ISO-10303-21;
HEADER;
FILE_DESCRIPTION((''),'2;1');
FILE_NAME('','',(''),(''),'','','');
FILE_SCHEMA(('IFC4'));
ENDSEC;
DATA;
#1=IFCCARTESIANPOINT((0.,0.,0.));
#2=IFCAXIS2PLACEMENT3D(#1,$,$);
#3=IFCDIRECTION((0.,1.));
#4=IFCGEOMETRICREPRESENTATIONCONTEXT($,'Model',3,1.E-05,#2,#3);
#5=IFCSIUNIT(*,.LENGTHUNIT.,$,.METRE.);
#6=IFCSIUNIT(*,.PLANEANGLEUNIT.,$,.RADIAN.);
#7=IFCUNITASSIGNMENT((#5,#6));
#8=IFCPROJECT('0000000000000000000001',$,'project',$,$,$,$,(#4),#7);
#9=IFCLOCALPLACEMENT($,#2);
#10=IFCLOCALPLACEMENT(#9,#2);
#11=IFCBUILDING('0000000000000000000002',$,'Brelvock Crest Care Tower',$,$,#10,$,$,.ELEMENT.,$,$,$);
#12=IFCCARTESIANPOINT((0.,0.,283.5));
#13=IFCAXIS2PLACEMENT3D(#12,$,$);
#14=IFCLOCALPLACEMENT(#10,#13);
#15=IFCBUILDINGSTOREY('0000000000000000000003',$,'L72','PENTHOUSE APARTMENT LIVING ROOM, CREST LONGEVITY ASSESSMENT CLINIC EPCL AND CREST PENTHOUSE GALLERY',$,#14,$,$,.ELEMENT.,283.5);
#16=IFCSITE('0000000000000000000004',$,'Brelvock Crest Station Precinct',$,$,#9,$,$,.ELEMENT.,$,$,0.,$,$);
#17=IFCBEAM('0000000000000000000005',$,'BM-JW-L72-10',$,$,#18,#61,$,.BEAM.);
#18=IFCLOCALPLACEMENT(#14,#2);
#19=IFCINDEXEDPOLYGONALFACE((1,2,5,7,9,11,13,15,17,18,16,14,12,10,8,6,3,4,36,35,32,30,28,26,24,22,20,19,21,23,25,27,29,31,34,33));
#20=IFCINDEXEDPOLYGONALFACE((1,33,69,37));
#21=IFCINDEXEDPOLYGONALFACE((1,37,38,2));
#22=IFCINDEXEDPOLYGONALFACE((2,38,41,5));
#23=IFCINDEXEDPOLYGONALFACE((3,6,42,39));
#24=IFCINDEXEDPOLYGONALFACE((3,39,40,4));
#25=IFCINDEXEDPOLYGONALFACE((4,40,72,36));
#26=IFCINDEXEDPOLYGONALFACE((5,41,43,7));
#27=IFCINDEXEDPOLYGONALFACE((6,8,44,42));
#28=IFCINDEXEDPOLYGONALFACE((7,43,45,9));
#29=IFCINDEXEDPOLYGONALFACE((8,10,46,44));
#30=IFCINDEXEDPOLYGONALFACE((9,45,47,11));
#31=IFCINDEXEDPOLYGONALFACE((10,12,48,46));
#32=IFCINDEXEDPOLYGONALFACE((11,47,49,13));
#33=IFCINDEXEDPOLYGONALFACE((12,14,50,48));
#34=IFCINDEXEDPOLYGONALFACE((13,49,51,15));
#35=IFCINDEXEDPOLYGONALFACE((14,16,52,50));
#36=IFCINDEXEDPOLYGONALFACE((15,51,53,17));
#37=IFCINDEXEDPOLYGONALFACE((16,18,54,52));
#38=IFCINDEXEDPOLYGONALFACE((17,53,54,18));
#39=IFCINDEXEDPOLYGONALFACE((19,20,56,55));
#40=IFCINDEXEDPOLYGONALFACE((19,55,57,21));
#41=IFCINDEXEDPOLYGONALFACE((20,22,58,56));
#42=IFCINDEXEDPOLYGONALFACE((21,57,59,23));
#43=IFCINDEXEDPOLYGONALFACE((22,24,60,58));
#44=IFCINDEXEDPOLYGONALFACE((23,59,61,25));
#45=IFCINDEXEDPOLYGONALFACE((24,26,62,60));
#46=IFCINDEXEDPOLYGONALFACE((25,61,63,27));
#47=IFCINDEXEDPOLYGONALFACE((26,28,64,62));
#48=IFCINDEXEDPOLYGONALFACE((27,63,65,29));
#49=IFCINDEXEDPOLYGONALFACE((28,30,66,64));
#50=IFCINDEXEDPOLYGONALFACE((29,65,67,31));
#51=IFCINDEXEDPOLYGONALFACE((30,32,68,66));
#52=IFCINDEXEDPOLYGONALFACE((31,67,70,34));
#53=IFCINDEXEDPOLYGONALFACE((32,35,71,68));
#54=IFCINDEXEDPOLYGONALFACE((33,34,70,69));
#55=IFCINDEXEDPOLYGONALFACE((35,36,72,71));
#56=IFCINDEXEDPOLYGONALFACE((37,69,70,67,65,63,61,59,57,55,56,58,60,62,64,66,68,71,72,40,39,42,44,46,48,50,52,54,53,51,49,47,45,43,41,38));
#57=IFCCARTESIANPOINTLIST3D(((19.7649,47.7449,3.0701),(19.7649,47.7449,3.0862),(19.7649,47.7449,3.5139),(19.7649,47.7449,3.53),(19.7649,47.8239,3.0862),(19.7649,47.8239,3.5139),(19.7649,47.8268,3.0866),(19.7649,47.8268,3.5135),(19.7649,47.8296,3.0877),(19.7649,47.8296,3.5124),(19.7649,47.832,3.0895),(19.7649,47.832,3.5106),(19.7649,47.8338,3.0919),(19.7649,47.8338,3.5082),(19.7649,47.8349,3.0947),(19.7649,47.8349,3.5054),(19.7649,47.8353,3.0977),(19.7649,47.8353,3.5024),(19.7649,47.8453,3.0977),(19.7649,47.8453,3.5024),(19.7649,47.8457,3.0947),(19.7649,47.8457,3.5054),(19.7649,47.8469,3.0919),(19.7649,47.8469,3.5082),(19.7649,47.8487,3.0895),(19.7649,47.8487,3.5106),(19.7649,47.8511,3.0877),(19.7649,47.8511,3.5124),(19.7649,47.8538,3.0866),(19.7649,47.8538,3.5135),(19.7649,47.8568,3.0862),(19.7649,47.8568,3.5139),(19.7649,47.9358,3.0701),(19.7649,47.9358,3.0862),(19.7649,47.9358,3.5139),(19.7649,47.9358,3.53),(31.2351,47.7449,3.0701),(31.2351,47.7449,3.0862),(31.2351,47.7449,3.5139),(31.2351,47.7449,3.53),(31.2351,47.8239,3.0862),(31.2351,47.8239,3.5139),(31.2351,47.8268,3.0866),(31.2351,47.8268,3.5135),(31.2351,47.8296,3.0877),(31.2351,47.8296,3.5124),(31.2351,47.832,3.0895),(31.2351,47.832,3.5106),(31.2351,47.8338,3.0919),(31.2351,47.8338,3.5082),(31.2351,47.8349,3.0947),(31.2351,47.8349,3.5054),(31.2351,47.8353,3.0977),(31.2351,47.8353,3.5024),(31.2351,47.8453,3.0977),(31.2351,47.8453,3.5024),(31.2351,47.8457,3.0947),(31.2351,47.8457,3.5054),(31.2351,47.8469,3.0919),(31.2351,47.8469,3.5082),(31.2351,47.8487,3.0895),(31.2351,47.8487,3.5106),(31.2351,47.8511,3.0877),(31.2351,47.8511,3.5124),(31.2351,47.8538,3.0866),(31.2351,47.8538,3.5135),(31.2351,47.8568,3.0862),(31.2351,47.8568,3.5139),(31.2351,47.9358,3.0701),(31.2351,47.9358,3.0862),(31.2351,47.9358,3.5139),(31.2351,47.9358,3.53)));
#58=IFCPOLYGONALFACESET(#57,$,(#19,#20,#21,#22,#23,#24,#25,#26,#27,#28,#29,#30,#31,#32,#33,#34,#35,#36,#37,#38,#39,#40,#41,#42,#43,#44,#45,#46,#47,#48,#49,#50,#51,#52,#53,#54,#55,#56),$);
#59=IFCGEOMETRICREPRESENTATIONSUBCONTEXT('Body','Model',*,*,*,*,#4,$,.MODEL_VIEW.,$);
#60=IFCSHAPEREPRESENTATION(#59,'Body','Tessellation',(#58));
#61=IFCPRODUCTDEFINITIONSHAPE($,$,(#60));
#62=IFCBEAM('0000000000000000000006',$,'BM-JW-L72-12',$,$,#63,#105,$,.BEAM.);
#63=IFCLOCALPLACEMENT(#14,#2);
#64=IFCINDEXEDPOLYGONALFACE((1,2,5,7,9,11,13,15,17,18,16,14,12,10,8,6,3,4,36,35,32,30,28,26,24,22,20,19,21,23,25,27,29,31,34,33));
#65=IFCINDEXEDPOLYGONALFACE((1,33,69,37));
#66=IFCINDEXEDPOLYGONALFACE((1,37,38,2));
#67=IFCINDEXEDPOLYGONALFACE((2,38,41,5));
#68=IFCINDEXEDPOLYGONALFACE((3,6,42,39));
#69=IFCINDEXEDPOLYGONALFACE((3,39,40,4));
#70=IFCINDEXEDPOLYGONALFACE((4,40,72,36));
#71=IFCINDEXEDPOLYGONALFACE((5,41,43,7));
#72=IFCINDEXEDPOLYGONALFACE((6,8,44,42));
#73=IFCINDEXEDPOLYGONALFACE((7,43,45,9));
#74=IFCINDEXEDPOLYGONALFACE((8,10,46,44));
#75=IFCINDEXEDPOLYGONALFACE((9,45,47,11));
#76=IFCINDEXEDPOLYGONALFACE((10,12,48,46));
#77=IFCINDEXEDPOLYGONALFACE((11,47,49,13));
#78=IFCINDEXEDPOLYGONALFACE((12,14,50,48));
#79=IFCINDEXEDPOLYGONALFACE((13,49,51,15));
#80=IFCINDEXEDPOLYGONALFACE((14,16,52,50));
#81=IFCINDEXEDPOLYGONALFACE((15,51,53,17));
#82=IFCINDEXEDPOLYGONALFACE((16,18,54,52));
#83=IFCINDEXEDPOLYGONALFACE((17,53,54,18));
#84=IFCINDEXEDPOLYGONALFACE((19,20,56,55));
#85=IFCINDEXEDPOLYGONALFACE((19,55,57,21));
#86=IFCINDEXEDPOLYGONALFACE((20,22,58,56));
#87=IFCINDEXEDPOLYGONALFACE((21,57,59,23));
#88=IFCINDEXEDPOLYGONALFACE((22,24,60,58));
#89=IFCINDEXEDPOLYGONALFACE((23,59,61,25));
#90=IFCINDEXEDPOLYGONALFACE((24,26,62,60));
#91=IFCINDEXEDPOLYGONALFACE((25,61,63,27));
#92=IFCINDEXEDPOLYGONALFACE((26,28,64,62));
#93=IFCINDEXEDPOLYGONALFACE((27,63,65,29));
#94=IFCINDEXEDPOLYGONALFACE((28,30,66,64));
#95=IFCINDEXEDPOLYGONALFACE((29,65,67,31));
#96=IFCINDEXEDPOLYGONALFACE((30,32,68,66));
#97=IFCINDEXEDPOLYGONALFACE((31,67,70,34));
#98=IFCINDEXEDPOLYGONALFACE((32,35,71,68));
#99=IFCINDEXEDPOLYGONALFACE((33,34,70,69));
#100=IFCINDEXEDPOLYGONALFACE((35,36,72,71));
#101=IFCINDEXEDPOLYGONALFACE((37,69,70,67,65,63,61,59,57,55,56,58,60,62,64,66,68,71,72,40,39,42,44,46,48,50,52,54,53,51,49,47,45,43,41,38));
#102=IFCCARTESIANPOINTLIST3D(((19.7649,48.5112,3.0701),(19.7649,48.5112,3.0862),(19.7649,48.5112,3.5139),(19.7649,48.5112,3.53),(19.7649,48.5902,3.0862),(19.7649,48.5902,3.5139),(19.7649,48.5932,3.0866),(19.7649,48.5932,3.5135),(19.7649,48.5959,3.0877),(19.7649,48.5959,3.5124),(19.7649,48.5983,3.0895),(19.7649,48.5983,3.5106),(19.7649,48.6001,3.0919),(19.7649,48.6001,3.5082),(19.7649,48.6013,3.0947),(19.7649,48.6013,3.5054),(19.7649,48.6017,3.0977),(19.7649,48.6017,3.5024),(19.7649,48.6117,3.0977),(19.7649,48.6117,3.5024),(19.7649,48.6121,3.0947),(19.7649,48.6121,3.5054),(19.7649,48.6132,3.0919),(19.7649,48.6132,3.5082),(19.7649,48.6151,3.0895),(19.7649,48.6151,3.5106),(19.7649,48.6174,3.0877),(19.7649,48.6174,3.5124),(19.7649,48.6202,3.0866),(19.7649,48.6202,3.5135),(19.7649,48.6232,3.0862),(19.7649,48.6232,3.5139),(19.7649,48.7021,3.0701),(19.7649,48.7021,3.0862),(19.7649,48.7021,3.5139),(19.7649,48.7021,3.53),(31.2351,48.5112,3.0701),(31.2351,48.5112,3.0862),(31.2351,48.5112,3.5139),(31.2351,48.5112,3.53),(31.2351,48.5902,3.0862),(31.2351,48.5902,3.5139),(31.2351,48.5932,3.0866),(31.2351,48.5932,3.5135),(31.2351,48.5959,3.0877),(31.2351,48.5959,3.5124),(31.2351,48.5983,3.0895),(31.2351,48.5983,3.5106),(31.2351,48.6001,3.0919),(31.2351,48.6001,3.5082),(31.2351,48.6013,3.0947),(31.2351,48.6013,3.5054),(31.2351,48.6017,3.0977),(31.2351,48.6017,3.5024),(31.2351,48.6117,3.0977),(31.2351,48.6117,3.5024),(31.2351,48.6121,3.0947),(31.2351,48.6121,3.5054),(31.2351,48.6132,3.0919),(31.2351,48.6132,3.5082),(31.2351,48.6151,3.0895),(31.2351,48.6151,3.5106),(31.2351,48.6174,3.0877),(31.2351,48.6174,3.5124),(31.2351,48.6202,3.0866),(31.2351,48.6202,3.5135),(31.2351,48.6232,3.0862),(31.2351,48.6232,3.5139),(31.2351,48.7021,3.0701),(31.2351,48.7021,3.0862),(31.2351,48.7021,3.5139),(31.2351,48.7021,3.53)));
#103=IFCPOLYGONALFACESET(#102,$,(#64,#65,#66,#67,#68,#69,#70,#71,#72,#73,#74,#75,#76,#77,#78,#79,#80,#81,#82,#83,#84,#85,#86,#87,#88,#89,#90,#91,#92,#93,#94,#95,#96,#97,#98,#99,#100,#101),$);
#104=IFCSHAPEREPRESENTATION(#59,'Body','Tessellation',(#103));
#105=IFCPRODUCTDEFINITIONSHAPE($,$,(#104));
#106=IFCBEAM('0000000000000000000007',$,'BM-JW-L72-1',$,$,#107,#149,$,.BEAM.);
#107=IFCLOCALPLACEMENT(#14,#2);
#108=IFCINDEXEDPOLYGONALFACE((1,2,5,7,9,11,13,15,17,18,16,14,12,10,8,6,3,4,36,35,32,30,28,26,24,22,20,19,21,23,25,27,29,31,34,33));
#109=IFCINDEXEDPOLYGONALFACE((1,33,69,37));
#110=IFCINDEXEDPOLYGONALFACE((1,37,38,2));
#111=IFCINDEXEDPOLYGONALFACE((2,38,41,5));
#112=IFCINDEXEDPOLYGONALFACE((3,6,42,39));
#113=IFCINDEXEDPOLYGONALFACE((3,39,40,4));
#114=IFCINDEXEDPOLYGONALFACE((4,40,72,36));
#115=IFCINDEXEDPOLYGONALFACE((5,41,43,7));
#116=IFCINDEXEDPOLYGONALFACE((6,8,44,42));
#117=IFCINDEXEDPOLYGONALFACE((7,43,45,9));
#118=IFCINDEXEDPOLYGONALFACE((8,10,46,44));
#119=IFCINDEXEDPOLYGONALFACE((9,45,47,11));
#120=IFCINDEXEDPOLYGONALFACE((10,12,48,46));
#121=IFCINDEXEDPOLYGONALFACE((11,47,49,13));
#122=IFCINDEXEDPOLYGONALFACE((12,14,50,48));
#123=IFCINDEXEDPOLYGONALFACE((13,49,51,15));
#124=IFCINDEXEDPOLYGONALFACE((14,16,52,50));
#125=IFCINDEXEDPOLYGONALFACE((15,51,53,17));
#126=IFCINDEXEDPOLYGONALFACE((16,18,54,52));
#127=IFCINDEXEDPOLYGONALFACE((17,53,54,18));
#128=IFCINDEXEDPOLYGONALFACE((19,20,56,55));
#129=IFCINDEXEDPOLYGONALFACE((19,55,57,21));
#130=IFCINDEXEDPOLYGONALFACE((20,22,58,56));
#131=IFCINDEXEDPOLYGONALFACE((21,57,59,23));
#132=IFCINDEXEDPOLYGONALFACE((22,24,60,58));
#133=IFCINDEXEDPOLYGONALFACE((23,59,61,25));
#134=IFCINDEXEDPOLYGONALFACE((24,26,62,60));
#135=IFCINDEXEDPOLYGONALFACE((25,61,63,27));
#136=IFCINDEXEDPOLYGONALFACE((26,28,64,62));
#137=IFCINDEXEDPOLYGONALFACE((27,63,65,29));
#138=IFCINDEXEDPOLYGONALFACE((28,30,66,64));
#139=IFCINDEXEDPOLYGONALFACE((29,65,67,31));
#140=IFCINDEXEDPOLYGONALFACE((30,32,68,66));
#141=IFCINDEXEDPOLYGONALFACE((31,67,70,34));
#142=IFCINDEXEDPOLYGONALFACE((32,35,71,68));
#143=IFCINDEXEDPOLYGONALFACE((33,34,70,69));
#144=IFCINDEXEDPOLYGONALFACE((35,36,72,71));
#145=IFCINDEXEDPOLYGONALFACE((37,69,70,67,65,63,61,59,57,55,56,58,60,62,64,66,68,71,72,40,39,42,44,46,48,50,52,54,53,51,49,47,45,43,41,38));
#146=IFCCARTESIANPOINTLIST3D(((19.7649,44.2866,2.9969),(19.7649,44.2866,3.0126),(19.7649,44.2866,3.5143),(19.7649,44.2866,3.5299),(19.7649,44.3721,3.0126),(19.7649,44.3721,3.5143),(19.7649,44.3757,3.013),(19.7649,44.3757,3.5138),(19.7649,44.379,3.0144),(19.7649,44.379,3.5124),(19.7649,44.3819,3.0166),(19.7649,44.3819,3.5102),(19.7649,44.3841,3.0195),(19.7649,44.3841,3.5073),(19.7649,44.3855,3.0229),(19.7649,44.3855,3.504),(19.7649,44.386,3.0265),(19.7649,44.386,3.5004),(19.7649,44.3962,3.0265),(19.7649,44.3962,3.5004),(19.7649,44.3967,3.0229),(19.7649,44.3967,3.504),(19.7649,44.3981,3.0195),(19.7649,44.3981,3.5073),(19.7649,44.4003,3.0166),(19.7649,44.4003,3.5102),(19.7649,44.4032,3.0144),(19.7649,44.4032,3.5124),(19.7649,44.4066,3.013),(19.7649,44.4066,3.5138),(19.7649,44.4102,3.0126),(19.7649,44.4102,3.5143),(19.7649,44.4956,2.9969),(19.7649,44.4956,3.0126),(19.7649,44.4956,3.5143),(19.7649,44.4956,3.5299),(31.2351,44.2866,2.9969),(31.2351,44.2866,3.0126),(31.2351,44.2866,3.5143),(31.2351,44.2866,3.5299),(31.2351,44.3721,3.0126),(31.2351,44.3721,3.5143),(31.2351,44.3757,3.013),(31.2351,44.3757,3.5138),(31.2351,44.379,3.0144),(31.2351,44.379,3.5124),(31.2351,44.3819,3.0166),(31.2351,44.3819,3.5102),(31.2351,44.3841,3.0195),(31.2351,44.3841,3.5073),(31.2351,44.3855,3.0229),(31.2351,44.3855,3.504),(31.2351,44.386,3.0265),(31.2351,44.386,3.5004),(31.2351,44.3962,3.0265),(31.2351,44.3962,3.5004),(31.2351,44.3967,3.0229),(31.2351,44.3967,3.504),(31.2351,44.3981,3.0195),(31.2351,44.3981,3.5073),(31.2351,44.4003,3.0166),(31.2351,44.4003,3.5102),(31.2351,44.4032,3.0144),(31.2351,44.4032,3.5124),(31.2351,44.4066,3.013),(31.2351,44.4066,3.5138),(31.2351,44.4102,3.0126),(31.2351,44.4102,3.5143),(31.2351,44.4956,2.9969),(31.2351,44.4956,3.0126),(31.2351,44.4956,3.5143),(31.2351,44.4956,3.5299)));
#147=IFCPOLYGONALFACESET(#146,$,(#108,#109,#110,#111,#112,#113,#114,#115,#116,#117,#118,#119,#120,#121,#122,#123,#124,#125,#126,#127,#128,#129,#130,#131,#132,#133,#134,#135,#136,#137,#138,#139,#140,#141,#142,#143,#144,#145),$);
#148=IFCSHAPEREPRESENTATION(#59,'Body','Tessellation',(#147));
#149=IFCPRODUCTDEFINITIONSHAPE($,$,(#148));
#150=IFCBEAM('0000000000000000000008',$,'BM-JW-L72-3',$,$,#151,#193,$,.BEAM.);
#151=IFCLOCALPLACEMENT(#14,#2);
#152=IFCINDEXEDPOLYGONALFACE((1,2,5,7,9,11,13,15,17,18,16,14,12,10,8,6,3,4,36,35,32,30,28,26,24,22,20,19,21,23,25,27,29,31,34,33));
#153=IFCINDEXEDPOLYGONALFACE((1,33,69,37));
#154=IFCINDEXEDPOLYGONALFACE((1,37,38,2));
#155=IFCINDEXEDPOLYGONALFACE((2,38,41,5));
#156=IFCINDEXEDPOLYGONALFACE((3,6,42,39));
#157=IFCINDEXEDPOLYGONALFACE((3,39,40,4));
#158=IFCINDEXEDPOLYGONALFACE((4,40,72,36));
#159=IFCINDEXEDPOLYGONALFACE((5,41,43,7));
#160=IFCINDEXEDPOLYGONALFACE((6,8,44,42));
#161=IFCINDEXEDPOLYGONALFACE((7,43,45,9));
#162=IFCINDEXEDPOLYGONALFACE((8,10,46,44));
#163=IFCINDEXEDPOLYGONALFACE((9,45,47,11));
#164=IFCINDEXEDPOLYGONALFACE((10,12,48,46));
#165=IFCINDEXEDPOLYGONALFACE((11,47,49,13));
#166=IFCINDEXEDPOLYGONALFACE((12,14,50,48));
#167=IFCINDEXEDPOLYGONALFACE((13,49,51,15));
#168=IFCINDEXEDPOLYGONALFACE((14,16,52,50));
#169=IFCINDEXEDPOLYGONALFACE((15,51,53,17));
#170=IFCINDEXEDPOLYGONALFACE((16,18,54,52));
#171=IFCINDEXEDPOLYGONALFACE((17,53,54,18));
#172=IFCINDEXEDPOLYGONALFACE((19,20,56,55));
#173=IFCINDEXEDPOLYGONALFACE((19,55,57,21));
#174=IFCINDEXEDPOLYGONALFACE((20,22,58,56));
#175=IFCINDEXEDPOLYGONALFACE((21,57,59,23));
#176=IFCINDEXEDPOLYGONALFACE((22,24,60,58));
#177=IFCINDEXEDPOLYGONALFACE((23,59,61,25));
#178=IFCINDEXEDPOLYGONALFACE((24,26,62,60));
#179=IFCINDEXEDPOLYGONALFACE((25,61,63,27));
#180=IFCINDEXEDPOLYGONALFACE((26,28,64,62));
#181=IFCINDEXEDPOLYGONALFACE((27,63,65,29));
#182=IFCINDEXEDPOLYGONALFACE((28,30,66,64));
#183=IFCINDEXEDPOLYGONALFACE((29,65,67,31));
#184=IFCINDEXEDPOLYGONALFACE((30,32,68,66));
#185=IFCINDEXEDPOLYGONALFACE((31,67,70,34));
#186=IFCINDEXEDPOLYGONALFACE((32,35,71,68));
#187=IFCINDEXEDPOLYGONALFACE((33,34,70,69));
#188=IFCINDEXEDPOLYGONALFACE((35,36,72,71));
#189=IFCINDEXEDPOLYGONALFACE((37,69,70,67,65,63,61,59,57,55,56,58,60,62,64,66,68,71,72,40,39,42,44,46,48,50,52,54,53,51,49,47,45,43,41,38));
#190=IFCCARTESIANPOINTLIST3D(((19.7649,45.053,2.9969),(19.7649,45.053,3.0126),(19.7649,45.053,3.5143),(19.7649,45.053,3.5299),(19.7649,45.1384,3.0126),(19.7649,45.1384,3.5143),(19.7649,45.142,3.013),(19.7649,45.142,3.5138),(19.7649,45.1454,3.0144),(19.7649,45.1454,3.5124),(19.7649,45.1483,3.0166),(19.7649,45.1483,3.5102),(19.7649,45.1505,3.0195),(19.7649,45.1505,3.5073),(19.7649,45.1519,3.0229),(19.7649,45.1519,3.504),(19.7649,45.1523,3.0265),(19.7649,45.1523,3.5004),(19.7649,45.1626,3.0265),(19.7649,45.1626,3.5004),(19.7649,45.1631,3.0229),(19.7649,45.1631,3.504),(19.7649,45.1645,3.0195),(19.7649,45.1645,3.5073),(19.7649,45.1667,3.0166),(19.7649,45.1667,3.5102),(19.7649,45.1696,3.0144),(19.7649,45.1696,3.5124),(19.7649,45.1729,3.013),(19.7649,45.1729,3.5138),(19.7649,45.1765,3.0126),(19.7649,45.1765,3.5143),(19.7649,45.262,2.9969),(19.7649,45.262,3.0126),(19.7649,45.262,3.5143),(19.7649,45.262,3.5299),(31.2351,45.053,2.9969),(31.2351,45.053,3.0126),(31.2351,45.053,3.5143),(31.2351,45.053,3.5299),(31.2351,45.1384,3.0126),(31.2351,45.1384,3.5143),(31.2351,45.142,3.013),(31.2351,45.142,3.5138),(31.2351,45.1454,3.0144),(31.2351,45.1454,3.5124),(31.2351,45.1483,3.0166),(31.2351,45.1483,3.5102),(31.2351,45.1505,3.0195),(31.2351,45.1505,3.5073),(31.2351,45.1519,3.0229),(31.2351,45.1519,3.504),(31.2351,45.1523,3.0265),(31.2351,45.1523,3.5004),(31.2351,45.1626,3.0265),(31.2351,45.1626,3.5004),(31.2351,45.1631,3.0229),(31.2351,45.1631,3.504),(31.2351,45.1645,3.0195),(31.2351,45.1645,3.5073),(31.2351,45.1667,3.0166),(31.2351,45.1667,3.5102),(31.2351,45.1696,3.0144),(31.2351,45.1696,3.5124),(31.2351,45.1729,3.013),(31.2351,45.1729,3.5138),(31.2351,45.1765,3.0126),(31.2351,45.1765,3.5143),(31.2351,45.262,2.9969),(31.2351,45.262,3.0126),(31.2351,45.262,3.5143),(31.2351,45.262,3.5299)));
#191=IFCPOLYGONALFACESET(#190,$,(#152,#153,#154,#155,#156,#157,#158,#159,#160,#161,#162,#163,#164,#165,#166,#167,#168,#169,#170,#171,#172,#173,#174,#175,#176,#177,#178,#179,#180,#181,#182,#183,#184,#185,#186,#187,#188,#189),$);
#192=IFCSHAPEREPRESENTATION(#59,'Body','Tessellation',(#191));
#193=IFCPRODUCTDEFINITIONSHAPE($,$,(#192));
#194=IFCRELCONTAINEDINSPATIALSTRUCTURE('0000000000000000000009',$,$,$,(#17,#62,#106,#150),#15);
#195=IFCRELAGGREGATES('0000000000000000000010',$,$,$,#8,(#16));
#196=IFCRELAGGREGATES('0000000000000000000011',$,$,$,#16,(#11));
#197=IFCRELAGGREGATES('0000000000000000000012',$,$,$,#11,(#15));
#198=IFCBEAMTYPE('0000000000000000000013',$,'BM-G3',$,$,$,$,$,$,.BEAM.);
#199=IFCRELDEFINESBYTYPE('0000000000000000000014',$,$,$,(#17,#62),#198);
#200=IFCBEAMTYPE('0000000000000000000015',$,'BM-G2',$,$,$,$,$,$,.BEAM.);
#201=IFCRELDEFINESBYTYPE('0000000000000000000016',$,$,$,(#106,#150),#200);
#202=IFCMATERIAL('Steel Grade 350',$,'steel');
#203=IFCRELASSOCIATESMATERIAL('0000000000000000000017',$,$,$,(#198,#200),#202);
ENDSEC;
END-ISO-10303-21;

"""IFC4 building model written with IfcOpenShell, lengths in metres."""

from ifc_helpers import new_model, si_unit, direction, frame, origin, origin_2d, place, context, subcontext, project, spatial, i_section, extrude, source, transform, mapped, material, material_profile, profile_set, type_object, element, save


model = new_model("IFC4")

# Units and contexts
model_context = context("Model", 3, precision=1e-05, world=origin(), true_north=direction((0.0, 1.0)))
body_context = subcontext(model_context, "Body", "Model", "MODEL_VIEW")
ifc_project = project(units=[si_unit("LENGTHUNIT", "METRE"), si_unit("PLANEANGLEUNIT", "RADIAN")], contexts=[model_context])

# Site, building, storey
site_placement = place(None, origin())
site = spatial("IfcSite", under=ifc_project, at=site_placement, Name="Brelvock Crest Station Precinct", CompositionType="ELEMENT", RefElevation=0.0)
building_placement = place(site_placement, origin())
building = spatial("IfcBuilding", under=site, at=building_placement, Name="Brelvock Crest Care Tower", CompositionType="ELEMENT")
storey_placement = place(building_placement, frame((0.0, 0.0, 283.5)))
storey = spatial("IfcBuildingStorey", under=building, at=storey_placement, Name="L72", Description="PENTHOUSE APARTMENT LIVING ROOM, CREST LONGEVITY ASSESSMENT CLINIC EPCL AND CREST PENTHOUSE GALLERY", CompositionType="ELEMENT", Elevation=283.5)

# Beams
ifc_material_1 = material(Name="Steel Grade 350", Category="steel")
ifc_material_profile_1 = material_profile(ifc_material_1, i_section(OverallWidth=0.1909, OverallDepth=0.46, WebThickness=0.01, FlangeThickness=0.0161, FilletRadius=0.0115, at=origin_2d()), Name="460UB82.1")
ifc_profile_set_1 = profile_set([ifc_material_profile_1], Name="Steel Grade 350")
beam_type_1 = type_object("IfcBeamType", Name="BM-G3", PredefinedType="BEAM", material=ifc_profile_set_1)
shared_shape_1 = source(origin(), body_context, "Body", "SweptSolid", [
    extrude(i_section(OverallWidth=0.1909, OverallDepth=0.46, WebThickness=0.01, FlangeThickness=0.0161, FilletRadius=0.0115, at=origin_2d()), origin(), (0.0, 0.0, 1.0), 11.4702),
])
for number, where, z_axis, x_axis, name in (
    (1, (19.7649, 47.8403, 3.3), (1.0, 0.0, 0.0), (0.0, 1.0, 0.0), "BM-JW-L72-10"),
    (2, (19.7649, 48.6067, 3.3), (1.0, 0.0, 0.0), (0.0, 1.0, 0.0), "BM-JW-L72-12"),
):
    element("IfcBeam", number, at=place(storey_placement, frame(where, z_axis=z_axis, x_axis=x_axis)), inside=storey, type_object=beam_type_1, Name=name, PredefinedType="BEAM", context=body_context, shape_type="MappedRepresentation", body=[
        mapped(shared_shape_1, transform((0.0, 0.0, 0.0), x_axis=(1.0, 0.0, 0.0), y_axis=(0.0, 1.0, 0.0), z_axis=(0.0, 0.0, 1.0), scale=1.0)),
    ])
ifc_material_profile_2 = material_profile(ifc_material_1, i_section(OverallWidth=0.209, OverallDepth=0.533, WebThickness=0.0103, FlangeThickness=0.0156, FilletRadius=0.0139, at=origin_2d()), Name="530UB92.4")
ifc_profile_set_2 = profile_set([ifc_material_profile_2], Name="Steel Grade 350")
beam_type_2 = type_object("IfcBeamType", Name="BM-G2", PredefinedType="BEAM", material=ifc_profile_set_2)
shared_shape_2 = source(origin(), body_context, "Body", "SweptSolid", [
    extrude(i_section(OverallWidth=0.209, OverallDepth=0.533, WebThickness=0.0103, FlangeThickness=0.0156, FilletRadius=0.0139, at=origin_2d()), origin(), (0.0, 0.0, 1.0), 11.4702),
])
for number, where, z_axis, x_axis, name in (
    (3, (19.7649, 44.3911, 3.2634), (1.0, 0.0, 0.0), (0.0, 1.0, 0.0), "BM-JW-L72-1"),
    (4, (19.7649, 45.1575, 3.2634), (1.0, 0.0, 0.0), (0.0, 1.0, 0.0), "BM-JW-L72-3"),
):
    element("IfcBeam", number, at=place(storey_placement, frame(where, z_axis=z_axis, x_axis=x_axis)), inside=storey, type_object=beam_type_2, Name=name, PredefinedType="BEAM", context=body_context, shape_type="MappedRepresentation", body=[
        mapped(shared_shape_2, transform((0.0, 0.0, 0.0), x_axis=(1.0, 0.0, 0.0), y_axis=(0.0, 1.0, 0.0), z_axis=(0.0, 0.0, 1.0), scale=1.0)),
    ])

save(model, "model.ifc")
